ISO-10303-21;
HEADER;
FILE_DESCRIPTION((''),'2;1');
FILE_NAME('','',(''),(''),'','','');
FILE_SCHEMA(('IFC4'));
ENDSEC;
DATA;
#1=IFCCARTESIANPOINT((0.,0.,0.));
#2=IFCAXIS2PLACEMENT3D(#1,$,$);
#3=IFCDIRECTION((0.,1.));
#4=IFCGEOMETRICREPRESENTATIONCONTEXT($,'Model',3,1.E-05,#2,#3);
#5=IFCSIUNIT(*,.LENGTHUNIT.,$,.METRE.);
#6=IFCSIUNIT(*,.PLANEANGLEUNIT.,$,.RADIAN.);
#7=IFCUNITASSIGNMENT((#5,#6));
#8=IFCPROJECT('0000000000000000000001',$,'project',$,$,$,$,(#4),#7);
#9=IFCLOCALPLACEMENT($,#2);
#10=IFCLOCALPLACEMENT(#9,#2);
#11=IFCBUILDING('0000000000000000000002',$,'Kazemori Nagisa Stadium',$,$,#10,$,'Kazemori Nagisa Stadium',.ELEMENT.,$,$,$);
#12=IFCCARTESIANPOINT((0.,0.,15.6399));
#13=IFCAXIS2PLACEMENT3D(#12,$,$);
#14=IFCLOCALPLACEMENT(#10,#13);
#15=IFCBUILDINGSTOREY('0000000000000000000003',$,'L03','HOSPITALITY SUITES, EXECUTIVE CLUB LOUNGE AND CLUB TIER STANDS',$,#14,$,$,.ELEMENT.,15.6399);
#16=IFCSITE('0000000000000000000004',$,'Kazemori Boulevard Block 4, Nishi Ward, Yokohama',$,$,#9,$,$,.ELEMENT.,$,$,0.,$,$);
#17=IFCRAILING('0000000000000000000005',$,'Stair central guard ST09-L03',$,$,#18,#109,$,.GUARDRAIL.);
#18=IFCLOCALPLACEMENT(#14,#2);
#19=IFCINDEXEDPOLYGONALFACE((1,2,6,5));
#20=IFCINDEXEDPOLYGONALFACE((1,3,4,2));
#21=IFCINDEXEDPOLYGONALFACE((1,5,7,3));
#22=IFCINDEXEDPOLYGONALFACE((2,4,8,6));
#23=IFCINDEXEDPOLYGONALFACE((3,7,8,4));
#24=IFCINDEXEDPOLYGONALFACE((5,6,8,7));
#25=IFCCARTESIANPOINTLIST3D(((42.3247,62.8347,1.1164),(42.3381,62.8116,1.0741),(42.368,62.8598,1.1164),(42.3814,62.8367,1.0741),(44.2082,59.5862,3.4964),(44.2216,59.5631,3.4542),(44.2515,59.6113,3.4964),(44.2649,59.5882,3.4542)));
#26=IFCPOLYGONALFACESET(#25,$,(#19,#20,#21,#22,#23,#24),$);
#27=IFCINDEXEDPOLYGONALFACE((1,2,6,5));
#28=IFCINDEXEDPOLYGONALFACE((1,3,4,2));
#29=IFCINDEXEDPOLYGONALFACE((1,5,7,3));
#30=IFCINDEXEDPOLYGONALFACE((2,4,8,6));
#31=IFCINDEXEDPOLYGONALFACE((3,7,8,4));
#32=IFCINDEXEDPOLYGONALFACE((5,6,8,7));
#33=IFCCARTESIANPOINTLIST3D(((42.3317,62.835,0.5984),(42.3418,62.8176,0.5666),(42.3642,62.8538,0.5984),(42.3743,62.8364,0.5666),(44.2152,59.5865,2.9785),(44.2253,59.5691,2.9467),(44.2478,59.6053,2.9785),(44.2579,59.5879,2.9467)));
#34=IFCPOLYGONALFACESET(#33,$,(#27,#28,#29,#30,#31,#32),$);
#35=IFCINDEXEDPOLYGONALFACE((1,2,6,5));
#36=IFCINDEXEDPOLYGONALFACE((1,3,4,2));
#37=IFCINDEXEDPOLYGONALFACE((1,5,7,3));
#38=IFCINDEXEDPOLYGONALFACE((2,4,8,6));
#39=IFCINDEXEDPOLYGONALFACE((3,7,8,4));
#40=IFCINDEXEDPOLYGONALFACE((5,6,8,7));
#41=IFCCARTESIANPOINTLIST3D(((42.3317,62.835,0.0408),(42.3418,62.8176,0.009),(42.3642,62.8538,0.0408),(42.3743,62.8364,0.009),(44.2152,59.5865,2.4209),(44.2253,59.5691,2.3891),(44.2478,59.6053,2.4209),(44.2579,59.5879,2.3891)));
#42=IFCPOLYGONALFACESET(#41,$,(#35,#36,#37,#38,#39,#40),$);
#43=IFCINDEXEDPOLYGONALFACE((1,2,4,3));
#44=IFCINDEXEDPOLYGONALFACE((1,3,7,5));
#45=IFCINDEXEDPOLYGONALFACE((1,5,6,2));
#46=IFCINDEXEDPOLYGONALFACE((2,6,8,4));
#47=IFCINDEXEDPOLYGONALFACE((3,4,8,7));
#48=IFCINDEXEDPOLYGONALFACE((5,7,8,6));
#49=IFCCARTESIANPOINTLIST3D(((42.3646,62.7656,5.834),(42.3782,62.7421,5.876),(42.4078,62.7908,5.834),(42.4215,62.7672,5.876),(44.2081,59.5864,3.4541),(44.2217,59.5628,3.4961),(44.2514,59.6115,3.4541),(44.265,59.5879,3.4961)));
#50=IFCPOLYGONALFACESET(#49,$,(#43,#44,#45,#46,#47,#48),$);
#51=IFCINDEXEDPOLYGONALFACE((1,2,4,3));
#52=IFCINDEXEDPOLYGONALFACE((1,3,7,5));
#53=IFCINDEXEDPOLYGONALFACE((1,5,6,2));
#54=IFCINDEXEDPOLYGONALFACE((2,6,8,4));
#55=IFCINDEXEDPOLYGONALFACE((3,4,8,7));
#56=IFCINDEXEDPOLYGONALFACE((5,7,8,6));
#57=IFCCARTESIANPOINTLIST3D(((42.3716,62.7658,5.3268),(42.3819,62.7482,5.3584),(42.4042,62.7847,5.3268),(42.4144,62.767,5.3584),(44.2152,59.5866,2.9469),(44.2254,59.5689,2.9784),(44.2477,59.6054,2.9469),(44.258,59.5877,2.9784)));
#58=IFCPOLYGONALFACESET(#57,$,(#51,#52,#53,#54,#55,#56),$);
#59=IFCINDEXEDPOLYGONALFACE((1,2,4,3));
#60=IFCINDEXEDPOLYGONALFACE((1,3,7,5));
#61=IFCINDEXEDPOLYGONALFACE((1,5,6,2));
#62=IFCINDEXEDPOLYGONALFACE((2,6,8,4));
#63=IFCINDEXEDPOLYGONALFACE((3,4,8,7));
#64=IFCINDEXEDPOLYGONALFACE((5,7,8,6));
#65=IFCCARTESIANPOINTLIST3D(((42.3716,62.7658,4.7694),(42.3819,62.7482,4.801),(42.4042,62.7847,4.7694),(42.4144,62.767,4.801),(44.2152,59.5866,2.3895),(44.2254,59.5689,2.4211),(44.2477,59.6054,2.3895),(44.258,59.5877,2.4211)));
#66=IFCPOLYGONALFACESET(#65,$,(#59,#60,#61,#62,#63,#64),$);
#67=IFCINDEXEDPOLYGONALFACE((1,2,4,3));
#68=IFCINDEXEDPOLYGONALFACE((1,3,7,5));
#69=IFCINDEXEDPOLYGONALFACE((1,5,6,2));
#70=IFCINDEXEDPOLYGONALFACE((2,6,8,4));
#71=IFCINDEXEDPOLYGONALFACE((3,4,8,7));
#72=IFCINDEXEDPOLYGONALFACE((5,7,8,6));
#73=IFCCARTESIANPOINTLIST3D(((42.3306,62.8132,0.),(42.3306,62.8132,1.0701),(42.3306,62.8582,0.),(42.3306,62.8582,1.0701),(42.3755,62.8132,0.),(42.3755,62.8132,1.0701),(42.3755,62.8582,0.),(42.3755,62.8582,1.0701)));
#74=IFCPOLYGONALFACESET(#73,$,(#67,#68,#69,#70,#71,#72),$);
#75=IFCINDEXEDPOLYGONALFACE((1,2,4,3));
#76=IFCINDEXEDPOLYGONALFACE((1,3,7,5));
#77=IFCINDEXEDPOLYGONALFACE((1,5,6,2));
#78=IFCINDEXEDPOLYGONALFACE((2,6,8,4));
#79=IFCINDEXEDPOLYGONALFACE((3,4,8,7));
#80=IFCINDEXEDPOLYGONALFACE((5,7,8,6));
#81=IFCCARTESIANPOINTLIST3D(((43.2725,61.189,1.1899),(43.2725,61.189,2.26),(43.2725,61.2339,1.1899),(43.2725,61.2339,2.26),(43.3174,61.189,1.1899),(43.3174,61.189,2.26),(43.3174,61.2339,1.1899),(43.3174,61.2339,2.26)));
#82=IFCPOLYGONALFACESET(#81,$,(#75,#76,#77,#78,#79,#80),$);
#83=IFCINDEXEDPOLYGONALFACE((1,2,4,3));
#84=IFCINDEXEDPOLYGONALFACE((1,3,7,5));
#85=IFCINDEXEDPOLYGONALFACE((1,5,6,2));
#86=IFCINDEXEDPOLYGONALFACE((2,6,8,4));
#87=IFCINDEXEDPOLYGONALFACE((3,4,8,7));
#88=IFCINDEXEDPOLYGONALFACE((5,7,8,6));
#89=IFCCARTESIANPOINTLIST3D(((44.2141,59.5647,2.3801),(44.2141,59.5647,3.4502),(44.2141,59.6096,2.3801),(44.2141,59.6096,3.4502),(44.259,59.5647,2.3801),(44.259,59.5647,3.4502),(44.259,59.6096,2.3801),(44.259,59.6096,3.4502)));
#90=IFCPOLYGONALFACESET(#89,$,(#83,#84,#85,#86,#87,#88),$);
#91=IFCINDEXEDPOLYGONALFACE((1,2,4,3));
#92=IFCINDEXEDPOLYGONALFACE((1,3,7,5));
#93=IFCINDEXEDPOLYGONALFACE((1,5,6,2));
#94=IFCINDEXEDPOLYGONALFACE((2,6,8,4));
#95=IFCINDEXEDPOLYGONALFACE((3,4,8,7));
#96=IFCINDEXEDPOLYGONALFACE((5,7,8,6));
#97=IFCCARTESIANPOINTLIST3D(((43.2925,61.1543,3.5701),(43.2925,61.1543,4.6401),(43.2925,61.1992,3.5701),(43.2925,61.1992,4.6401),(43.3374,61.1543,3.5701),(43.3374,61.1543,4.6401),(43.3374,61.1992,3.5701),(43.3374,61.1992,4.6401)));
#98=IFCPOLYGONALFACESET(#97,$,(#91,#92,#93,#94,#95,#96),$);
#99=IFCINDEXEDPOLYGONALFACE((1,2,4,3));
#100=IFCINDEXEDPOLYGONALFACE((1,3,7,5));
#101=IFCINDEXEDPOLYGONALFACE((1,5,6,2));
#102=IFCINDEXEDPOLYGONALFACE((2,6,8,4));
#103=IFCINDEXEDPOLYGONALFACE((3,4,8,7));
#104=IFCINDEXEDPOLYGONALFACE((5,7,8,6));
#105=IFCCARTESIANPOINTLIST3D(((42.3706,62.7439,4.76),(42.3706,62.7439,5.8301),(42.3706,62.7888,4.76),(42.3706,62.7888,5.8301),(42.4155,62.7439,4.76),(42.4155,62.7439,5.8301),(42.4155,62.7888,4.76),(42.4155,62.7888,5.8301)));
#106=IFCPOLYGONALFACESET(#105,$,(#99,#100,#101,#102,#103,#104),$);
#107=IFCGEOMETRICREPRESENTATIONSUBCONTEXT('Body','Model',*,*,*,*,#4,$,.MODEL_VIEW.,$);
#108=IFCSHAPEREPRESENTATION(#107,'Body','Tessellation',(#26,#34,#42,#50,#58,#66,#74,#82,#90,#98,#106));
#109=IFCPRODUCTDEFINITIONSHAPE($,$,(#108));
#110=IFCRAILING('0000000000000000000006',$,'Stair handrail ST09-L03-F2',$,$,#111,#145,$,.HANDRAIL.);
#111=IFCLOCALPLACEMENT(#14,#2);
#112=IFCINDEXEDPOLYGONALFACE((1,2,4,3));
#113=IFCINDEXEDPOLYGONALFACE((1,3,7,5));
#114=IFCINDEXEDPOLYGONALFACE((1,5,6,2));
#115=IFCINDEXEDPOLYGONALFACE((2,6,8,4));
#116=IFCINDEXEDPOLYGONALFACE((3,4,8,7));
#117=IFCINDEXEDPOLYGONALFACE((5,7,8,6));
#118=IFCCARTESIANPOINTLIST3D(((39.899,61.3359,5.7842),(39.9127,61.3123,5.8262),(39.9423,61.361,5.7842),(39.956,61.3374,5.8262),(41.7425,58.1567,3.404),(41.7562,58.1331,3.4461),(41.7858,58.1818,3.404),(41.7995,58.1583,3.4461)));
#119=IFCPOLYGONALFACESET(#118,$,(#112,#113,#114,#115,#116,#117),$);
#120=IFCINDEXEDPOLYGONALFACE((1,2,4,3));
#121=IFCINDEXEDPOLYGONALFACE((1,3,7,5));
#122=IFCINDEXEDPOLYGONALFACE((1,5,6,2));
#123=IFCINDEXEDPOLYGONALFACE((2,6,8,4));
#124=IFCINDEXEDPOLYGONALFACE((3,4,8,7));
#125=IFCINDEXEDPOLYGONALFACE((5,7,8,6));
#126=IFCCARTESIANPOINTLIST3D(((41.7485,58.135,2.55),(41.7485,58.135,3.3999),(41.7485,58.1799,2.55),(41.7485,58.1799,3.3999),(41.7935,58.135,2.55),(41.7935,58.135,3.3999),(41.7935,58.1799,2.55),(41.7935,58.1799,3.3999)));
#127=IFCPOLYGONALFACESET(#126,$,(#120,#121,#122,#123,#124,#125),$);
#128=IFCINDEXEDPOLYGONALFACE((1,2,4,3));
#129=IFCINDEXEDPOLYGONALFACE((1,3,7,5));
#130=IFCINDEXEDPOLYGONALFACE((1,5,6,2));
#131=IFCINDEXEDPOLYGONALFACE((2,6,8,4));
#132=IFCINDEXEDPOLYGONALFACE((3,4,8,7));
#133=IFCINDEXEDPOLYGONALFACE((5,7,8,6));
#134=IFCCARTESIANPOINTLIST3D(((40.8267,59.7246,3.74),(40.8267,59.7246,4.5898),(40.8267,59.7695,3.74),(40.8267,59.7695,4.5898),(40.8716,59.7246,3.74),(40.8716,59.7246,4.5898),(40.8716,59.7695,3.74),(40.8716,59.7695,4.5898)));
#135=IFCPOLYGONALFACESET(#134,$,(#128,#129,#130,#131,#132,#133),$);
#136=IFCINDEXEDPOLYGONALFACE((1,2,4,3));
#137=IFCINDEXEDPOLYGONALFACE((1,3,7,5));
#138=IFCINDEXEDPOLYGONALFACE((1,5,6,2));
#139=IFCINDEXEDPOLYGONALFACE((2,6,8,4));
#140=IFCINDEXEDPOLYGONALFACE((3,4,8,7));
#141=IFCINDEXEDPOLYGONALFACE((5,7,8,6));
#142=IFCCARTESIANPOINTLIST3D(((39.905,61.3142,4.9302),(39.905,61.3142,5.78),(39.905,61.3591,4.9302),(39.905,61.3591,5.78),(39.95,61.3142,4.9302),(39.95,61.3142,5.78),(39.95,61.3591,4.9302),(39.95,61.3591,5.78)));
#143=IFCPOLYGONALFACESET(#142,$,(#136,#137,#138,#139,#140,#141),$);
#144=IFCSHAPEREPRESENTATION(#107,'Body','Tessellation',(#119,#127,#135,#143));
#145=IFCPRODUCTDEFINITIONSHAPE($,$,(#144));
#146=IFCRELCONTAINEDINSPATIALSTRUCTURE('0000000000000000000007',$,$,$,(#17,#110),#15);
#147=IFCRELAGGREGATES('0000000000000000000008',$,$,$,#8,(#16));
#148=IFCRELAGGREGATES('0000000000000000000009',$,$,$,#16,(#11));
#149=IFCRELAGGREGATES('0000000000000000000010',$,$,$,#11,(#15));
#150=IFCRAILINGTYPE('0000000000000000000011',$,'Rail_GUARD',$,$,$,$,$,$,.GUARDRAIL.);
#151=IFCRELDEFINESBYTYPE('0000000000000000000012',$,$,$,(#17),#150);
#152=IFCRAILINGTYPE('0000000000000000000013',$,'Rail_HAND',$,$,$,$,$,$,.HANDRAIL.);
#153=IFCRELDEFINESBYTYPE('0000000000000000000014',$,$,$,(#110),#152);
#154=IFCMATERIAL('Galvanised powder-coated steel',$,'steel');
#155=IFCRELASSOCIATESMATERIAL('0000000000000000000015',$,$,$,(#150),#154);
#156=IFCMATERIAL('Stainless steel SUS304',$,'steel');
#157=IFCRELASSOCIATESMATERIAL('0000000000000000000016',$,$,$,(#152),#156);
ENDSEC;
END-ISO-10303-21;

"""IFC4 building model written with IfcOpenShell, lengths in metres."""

from ifc_helpers import new_model, si_unit, direction, frame, origin, origin_2d, place, context, subcontext, project, spatial, rectangle, extrude, material, type_object, element, save


model = new_model("IFC4")

# Units and contexts
model_context = context("Model", 3, precision=1e-05, world=origin(), true_north=direction((0.0, 1.0)))
body_context = subcontext(model_context, "Body", "Model", "MODEL_VIEW")
ifc_project = project(units=[si_unit("LENGTHUNIT", "METRE"), si_unit("PLANEANGLEUNIT", "RADIAN")], contexts=[model_context])

# Site, building, storey
site_placement = place(None, origin())
site = spatial("IfcSite", under=ifc_project, at=site_placement, Name="Kazemori Boulevard Block 4, Nishi Ward, Yokohama", CompositionType="ELEMENT", RefElevation=0.0)
building_placement = place(site_placement, origin())
building = spatial("IfcBuilding", under=site, at=building_placement, Name="Kazemori Nagisa Stadium", LongName="Kazemori Nagisa Stadium", CompositionType="ELEMENT")
storey_placement = place(building_placement, frame((0.0, 0.0, 15.6399)))
storey = spatial("IfcBuildingStorey", under=building, at=storey_placement, Name="L03", Description="HOSPITALITY SUITES, EXECUTIVE CLUB LOUNGE AND CLUB TIER STANDS", CompositionType="ELEMENT", Elevation=15.6399)

# Railings
ifc_material_1 = material(Name="Galvanised powder-coated steel", Category="steel")
railing_type_1 = type_object("IfcRailingType", Name="Rail_GUARD", PredefinedType="GUARDRAIL", material=ifc_material_1)
railing_1_placement = place(storey_placement, frame((42.353, 62.8357, 0.0)))
element("IfcRailing", 1, at=railing_1_placement, inside=storey, type_object=railing_type_1, Name="Stair central guard ST09-L03", PredefinedType="GUARDRAIL", context=body_context, shape_type="SweptSolid", body=[
    extrude(rectangle(XDim=0.05, YDim=0.05, at=origin_2d()), frame((0.0, 0.0, 1.0952), z_axis=(0.423662, -0.730687, 0.535357), x_axis=(0.865101, 0.501597, 0.0)), (0.0, 0.0, 1.0), 4.4458),
    extrude(rectangle(XDim=0.0376, YDim=0.0376, at=origin_2d()), frame((0.0, 0.0, 0.5825), z_axis=(0.423662, -0.730687, 0.535357), x_axis=(0.865101, 0.501597, 0.0)), (0.0, 0.0, 1.0), 4.4458),
    extrude(rectangle(XDim=0.0376, YDim=0.0376, at=origin_2d()), frame((0.0, 0.0, 0.0249), z_axis=(0.423662, -0.730687, 0.535357), x_axis=(0.865101, 0.501597, 0.0)), (0.0, 0.0, 1.0), 4.4458),
    extrude(rectangle(XDim=0.05, YDim=0.05, at=origin_2d()), frame((1.8835, -3.2485, 3.4751), z_axis=(-0.421053, 0.726124, 0.543561), x_axis=(-0.865082, -0.501631, 0.0)), (0.0, 0.0, 1.0), 4.3784),
    extrude(rectangle(XDim=0.0376, YDim=0.0376, at=origin_2d()), frame((1.8835, -3.2485, 2.9626), z_axis=(-0.421053, 0.726124, 0.543561), x_axis=(-0.865082, -0.501631, 0.0)), (0.0, 0.0, 1.0), 4.3784),
    extrude(rectangle(XDim=0.0376, YDim=0.0376, at=origin_2d()), frame((1.8835, -3.2485, 2.4053), z_axis=(-0.421053, 0.726124, 0.543561), x_axis=(-0.865082, -0.501631, 0.0)), (0.0, 0.0, 1.0), 4.3784),
    extrude(rectangle(XDim=0.0449, YDim=0.0449, at=origin_2d()), origin(), (0.0, 0.0, 1.0), 1.0701),
    extrude(rectangle(XDim=0.0449, YDim=0.0449, at=origin_2d()), frame((0.9419, -1.6243, 1.1899)), (0.0, 0.0, 1.0), 1.0701),
    extrude(rectangle(XDim=0.0449, YDim=0.0449, at=origin_2d()), frame((1.8835, -3.2485, 2.3801)), (0.0, 0.0, 1.0), 1.0701),
    extrude(rectangle(XDim=0.0449, YDim=0.0449, at=origin_2d()), frame((0.9619, -1.6589, 3.5701)), (0.0, 0.0, 1.0), 1.0701),
    extrude(rectangle(XDim=0.0449, YDim=0.0449, at=origin_2d()), frame((0.04, -0.0693, 4.76)), (0.0, 0.0, 1.0), 1.0701),
])
ifc_material_2 = material(Name="Stainless steel SUS304", Category="steel")
railing_type_2 = type_object("IfcRailingType", Name="Rail_HAND", PredefinedType="HANDRAIL", material=ifc_material_2)
railing_2_placement = place(storey_placement, frame((41.771, 58.1575, 2.55)))
element("IfcRailing", 2, at=railing_2_placement, inside=storey, type_object=railing_type_2, Name="Stair handrail ST09-L03-F2", PredefinedType="HANDRAIL", context=body_context, shape_type="SweptSolid", body=[
    extrude(rectangle(XDim=0.05, YDim=0.05, at=origin_2d()), frame((0.0, 0.0, 0.875), z_axis=(-0.421041, 0.726101, 0.5436), x_axis=(-0.865082, -0.501631, 0.0)), (0.0, 0.0, 1.0), 4.3784),
    extrude(rectangle(XDim=0.0449, YDim=0.0449, at=origin_2d()), origin(), (0.0, 0.0, 1.0), 0.8499),
    extrude(rectangle(XDim=0.0449, YDim=0.0449, at=origin_2d()), frame((-0.9219, 1.5896, 1.1899)), (0.0, 0.0, 1.0), 0.8499),
    extrude(rectangle(XDim=0.0449, YDim=0.0449, at=origin_2d()), frame((-1.8435, 3.1792, 2.3801)), (0.0, 0.0, 1.0), 0.8499),
])

save(model, "model.ifc")
